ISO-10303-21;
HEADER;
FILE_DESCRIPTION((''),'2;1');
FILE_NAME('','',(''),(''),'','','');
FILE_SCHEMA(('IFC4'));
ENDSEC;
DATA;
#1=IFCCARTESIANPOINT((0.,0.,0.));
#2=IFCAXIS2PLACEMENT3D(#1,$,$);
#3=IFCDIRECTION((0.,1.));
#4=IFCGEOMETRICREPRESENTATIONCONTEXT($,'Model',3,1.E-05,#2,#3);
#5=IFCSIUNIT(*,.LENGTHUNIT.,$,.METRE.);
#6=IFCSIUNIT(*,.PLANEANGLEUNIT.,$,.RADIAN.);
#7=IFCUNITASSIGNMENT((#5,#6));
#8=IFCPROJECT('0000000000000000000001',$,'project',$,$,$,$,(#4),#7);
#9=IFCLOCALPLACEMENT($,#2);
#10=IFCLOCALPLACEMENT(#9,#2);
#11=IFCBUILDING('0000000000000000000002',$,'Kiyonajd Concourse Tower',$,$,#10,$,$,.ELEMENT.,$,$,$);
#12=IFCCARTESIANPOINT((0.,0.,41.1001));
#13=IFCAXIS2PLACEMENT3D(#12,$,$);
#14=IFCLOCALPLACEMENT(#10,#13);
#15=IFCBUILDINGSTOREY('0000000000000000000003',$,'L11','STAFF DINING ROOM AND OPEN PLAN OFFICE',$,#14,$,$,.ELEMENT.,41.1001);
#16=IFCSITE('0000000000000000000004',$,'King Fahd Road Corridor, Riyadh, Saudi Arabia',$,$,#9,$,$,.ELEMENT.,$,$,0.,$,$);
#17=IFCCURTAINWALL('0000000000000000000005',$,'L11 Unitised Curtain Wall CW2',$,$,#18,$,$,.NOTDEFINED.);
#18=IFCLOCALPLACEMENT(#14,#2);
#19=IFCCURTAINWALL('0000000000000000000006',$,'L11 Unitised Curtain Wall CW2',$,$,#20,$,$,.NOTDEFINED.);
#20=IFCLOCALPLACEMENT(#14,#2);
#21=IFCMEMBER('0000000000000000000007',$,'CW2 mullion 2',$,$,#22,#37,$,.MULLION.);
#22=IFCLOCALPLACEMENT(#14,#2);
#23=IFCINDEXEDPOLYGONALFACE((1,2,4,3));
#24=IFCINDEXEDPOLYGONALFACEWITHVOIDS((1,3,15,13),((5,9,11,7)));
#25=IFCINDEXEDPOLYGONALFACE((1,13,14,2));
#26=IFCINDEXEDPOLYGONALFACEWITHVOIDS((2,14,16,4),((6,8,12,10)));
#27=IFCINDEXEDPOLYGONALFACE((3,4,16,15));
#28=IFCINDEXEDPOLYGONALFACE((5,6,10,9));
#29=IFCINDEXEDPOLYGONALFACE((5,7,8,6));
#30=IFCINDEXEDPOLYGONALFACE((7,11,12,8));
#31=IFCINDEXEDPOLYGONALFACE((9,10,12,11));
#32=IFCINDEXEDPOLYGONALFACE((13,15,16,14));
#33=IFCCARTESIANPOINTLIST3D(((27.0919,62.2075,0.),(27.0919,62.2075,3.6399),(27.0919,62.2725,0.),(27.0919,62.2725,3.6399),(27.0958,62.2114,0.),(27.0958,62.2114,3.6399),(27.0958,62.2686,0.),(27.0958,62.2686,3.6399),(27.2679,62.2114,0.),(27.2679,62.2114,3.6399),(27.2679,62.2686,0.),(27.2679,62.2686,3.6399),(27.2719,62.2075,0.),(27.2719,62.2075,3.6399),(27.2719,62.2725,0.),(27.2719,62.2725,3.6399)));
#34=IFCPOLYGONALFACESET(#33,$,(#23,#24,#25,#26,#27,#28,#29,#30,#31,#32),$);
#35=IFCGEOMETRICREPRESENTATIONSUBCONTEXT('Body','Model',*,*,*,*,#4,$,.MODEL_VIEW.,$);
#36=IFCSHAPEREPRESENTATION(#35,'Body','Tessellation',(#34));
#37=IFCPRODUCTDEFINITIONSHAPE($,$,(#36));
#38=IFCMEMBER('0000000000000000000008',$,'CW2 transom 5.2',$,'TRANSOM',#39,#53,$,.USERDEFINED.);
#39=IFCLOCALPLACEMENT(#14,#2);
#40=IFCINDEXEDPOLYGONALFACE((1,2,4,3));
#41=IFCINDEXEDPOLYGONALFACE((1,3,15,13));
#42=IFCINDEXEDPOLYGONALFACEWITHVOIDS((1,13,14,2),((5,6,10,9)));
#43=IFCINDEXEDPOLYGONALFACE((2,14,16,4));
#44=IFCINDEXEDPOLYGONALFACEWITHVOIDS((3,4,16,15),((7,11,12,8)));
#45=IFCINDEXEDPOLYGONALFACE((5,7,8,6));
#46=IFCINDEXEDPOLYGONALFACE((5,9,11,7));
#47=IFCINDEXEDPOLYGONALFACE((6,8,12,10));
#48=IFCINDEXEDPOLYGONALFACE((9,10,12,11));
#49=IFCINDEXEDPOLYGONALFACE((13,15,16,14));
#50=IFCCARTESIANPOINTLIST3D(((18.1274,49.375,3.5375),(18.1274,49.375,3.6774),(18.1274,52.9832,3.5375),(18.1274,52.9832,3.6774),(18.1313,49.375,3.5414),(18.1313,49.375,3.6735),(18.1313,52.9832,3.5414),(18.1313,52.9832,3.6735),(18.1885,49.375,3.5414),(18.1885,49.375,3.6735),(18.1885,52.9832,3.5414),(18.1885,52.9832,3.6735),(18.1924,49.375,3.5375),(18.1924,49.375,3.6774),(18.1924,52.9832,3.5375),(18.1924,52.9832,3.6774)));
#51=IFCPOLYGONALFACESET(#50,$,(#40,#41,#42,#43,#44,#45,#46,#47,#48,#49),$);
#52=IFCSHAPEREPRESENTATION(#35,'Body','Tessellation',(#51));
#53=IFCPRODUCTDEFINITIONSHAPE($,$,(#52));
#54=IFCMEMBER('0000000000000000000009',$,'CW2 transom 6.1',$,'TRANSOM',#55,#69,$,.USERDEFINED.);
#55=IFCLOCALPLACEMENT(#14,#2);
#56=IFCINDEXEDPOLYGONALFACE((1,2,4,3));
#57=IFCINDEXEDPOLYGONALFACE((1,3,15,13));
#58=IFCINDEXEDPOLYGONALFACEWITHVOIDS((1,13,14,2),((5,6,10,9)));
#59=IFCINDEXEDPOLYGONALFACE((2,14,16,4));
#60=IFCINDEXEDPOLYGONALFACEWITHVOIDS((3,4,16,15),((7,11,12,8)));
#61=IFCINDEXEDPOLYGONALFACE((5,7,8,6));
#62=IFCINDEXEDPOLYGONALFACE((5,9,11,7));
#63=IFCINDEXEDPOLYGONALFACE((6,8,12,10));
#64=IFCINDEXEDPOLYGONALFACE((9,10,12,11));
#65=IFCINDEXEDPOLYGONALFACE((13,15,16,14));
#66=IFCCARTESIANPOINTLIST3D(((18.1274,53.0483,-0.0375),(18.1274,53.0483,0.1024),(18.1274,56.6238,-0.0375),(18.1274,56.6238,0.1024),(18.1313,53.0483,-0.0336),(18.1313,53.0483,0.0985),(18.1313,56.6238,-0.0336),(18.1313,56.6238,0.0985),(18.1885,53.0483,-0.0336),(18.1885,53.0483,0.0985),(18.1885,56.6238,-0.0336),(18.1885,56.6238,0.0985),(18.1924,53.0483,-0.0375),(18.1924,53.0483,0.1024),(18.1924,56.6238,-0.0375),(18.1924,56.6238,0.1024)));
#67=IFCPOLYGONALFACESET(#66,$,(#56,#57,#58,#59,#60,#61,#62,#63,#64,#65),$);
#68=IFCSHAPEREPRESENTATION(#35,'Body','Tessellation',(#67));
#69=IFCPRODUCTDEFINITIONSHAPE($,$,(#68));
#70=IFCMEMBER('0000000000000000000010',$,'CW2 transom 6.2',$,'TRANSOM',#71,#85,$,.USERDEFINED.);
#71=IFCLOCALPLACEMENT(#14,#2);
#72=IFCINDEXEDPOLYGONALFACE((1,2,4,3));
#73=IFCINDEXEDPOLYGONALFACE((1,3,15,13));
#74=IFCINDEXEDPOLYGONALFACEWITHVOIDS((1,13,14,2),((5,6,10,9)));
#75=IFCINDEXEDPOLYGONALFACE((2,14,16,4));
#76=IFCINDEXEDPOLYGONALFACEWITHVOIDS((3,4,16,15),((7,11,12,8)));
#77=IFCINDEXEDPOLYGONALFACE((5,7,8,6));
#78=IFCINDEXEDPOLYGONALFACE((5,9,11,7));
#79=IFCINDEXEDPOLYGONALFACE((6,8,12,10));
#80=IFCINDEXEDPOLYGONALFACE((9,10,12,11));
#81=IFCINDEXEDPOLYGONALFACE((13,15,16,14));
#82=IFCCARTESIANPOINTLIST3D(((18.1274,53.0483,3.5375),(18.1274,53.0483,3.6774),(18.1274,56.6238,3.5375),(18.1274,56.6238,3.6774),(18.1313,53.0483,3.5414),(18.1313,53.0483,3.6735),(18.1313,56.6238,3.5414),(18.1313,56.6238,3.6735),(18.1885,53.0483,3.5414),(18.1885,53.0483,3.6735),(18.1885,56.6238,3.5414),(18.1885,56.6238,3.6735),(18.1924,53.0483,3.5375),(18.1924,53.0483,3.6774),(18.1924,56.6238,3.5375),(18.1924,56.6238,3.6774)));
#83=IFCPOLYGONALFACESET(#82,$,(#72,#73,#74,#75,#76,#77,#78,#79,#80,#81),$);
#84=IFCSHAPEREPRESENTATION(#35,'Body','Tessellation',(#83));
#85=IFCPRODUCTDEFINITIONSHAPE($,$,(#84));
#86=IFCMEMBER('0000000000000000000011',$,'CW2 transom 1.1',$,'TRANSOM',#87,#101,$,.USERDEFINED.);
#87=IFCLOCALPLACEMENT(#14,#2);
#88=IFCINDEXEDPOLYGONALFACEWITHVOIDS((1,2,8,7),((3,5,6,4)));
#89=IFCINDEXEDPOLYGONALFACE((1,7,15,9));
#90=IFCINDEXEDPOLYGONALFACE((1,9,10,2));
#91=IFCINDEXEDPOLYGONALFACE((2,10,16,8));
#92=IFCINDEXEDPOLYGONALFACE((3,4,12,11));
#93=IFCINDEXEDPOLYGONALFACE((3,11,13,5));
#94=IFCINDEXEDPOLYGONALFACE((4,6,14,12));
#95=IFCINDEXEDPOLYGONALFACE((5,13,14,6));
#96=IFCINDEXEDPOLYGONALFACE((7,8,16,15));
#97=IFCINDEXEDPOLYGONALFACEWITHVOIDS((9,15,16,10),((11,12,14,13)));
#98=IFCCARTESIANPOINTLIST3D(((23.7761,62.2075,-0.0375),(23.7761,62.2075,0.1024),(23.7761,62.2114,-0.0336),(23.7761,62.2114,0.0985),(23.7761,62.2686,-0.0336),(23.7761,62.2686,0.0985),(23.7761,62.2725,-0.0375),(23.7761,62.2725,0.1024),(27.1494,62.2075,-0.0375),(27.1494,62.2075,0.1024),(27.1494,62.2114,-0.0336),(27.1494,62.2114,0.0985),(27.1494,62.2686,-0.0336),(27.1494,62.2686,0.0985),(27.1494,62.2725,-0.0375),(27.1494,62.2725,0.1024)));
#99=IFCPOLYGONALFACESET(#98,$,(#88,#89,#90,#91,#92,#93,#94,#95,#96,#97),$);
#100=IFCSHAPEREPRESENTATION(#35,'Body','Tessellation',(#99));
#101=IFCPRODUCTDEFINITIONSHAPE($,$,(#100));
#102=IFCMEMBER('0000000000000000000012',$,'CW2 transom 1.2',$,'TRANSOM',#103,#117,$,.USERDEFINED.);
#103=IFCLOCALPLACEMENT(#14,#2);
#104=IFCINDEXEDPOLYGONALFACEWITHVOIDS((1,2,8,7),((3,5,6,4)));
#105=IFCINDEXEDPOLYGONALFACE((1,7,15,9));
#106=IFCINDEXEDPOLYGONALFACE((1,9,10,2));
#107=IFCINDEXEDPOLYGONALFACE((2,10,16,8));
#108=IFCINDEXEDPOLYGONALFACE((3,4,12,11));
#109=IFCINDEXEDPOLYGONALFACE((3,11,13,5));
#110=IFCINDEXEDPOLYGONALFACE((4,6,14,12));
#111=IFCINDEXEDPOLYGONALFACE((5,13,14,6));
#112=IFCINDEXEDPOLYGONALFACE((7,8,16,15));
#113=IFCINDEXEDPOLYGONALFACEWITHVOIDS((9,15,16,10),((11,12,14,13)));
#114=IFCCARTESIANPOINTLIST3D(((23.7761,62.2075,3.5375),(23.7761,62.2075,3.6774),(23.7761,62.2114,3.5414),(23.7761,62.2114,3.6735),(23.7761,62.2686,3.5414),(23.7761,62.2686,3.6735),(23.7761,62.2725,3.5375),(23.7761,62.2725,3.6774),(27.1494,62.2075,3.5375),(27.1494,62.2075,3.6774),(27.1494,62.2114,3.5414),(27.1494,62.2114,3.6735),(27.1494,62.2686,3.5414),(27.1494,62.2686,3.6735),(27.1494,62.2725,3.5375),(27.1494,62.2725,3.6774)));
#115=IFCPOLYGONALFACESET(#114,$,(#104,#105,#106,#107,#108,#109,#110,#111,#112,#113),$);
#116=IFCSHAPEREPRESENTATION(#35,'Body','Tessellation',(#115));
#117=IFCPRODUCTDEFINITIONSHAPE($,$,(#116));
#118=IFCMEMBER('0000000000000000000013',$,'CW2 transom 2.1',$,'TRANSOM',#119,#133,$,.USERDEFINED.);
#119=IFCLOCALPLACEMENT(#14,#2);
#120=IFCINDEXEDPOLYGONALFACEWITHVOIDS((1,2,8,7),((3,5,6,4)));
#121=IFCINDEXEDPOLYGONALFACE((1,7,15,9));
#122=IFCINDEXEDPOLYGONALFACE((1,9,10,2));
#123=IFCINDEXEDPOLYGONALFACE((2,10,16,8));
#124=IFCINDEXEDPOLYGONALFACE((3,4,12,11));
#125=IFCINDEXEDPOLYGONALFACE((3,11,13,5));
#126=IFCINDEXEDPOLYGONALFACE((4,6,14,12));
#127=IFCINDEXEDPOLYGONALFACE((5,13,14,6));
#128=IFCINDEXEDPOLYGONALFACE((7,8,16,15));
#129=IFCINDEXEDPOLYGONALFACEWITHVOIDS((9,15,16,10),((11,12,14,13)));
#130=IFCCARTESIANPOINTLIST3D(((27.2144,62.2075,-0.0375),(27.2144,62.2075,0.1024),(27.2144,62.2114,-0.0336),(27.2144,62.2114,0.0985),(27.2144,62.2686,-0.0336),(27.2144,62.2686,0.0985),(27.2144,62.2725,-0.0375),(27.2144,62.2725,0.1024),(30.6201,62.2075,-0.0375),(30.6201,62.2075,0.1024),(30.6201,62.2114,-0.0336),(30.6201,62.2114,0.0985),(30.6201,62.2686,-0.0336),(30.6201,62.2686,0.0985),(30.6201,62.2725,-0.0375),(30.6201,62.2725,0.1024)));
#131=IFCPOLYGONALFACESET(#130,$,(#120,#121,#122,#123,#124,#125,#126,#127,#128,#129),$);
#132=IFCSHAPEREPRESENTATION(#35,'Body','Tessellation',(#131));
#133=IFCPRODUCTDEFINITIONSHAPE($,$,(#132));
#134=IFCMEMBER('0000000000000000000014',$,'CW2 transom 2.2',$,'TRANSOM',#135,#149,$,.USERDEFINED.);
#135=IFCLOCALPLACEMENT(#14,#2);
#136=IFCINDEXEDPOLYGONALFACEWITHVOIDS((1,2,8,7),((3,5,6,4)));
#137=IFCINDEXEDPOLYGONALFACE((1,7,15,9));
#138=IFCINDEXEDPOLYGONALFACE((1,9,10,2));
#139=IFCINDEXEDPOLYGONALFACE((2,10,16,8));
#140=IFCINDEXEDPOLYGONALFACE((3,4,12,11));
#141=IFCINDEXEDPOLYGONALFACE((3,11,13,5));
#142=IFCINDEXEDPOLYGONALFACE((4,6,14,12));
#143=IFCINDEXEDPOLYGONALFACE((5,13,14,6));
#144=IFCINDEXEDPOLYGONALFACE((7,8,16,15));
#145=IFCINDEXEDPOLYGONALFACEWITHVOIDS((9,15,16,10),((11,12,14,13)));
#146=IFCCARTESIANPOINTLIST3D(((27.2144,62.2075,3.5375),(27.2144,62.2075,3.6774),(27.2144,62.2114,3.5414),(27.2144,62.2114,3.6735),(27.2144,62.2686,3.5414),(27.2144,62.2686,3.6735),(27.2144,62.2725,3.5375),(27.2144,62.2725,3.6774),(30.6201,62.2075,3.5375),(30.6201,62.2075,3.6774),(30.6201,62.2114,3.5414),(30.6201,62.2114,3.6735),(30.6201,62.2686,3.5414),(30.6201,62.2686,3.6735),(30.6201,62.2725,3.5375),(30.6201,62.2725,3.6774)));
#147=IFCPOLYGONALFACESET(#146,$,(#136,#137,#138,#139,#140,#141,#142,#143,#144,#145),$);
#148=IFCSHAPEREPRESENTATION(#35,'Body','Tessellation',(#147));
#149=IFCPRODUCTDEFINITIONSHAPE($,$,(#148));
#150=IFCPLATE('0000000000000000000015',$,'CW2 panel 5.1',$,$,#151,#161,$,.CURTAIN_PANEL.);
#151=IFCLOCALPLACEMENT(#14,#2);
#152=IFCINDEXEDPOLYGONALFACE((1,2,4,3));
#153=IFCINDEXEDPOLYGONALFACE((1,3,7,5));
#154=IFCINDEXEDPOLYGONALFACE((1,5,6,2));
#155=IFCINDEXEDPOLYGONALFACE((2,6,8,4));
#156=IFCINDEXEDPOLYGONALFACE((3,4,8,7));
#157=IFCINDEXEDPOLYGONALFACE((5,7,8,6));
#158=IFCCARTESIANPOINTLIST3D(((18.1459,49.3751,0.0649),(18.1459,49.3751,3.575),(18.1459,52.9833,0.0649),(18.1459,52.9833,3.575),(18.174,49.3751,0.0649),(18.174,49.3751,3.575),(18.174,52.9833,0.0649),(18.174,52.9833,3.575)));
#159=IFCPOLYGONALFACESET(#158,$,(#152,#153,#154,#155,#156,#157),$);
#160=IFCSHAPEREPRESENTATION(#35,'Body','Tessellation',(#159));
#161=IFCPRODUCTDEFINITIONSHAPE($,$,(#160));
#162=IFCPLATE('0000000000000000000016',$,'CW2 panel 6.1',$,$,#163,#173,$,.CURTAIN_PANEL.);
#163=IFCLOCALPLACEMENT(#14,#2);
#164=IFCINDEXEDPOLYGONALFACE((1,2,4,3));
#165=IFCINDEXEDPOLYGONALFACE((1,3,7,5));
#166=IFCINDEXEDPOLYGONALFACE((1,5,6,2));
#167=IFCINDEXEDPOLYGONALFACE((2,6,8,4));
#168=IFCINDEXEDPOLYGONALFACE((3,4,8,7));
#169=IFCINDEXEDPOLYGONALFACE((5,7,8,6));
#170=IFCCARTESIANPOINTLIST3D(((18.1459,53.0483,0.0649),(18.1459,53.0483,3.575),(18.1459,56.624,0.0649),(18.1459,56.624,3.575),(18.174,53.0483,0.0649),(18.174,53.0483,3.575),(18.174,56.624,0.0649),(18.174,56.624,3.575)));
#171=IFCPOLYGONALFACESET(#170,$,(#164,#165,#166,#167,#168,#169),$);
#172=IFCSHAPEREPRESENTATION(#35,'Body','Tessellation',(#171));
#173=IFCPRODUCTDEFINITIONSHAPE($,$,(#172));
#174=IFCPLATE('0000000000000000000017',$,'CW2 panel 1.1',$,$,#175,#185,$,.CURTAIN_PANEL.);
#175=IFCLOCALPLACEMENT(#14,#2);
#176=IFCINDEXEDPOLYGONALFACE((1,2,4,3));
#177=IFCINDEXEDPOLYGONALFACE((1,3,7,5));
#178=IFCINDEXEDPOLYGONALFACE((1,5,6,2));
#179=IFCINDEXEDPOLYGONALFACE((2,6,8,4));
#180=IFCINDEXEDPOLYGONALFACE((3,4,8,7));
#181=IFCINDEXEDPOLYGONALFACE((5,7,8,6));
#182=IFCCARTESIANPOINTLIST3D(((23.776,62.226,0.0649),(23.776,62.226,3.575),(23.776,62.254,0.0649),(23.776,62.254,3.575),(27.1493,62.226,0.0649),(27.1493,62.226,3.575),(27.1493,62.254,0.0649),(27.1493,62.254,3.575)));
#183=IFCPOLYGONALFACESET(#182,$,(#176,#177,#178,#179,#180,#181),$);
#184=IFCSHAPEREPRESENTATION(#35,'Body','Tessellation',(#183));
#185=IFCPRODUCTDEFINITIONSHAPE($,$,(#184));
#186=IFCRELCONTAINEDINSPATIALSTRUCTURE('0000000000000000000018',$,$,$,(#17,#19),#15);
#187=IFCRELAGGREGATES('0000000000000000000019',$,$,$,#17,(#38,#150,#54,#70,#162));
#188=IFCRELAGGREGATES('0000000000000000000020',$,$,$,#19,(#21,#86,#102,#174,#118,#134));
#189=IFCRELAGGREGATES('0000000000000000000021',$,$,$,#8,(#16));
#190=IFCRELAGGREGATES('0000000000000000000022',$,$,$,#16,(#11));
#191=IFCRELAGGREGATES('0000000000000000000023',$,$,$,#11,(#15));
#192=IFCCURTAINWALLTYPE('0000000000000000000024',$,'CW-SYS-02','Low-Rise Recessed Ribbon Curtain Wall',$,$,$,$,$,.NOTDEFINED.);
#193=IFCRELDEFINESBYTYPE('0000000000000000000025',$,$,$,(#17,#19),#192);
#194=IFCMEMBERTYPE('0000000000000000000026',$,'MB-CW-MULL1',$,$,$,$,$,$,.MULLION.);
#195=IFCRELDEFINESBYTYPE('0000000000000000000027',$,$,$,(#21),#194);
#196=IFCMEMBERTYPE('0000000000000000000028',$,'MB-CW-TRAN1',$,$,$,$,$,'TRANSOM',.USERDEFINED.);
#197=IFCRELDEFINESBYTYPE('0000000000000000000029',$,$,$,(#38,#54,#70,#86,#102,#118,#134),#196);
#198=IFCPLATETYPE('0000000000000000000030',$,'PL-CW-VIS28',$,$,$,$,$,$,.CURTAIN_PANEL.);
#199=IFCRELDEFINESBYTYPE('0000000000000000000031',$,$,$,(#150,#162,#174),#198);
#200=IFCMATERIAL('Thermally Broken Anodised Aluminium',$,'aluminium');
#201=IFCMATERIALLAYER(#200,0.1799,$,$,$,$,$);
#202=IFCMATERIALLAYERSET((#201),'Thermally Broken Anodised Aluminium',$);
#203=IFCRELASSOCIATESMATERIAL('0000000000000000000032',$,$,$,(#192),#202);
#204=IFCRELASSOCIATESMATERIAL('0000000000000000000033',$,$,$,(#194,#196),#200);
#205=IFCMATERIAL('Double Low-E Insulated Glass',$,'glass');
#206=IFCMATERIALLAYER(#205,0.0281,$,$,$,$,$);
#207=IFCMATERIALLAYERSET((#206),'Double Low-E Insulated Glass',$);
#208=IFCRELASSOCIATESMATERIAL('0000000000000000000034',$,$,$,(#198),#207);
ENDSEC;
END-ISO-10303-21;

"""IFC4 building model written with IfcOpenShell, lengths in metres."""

from ifc_helpers import new_model, si_unit, direction, frame, origin, origin_2d, place, context, subcontext, project, spatial, rectangle, hollow_rectangle, extrude, material, layer, layer_set, material_profile, profile_set, type_object, element, aggregate, save


model = new_model("IFC4")

# Units and contexts
model_context = context("Model", 3, precision=1e-05, world=origin(), true_north=direction((0.0, 1.0)))
body_context = subcontext(model_context, "Body", "Model", "MODEL_VIEW")
ifc_project = project(units=[si_unit("LENGTHUNIT", "METRE"), si_unit("PLANEANGLEUNIT", "RADIAN")], contexts=[model_context])

# Site, building, storey
site_placement = place(None, origin())
site = spatial("IfcSite", under=ifc_project, at=site_placement, Name="King Fahd Road Corridor, Riyadh, Saudi Arabia", CompositionType="ELEMENT", RefElevation=0.0)
building_placement = place(site_placement, origin())
building = spatial("IfcBuilding", under=site, at=building_placement, Name="Kiyonajd Concourse Tower", CompositionType="ELEMENT")
storey_placement = place(building_placement, frame((0.0, 0.0, 41.1001)))
storey = spatial("IfcBuildingStorey", under=building, at=storey_placement, Name="L11", Description="STAFF DINING ROOM AND OPEN PLAN OFFICE", CompositionType="ELEMENT", Elevation=41.1001)

# Curtain walls, member
ifc_material_1 = material(Name="Thermally Broken Anodised Aluminium", Category="aluminium")
ifc_layer_1 = layer(ifc_material_1, 0.1799)
ifc_layer_set_1 = layer_set([ifc_layer_1], Name="Thermally Broken Anodised Aluminium")
curtain_wall_type = type_object("IfcCurtainWallType", Name="CW-SYS-02", Description="Low-Rise Recessed Ribbon Curtain Wall", PredefinedType="NOTDEFINED", material=ifc_layer_set_1)
curtain_wall_1_placement = place(storey_placement, origin())
curtain_wall_1 = element("IfcCurtainWall", 1, at=curtain_wall_1_placement, inside=storey, type_object=curtain_wall_type, Name="L11 Unitised Curtain Wall CW2", PredefinedType="NOTDEFINED")
ifc_material_profile_1 = material_profile(ifc_material_1, hollow_rectangle(XDim=0.0649, YDim=0.1799, WallThickness=0.0039, at=origin_2d()), Name="MULL-65x180")
ifc_profile_set_1 = profile_set([ifc_material_profile_1], Name="Thermally Broken Anodised Aluminium")
member_type_1 = type_object("IfcMemberType", Name="MB-CW-MULL1", PredefinedType="MULLION", material=ifc_profile_set_1)
curtain_wall_2_placement = place(storey_placement, origin())
curtain_wall_2 = element("IfcCurtainWall", 2, at=curtain_wall_2_placement, inside=storey, type_object=curtain_wall_type, Name="L11 Unitised Curtain Wall CW2", PredefinedType="NOTDEFINED")
member_1_placement = place(storey_placement, frame((27.1819, 62.24, 0.0), z_axis=(0.0, 0.0, 1.0), x_axis=(0.0, 1.0, 0.0)))
member_1 = element("IfcMember", 3, at=member_1_placement, type_object=member_type_1, Name="CW2 mullion 2", PredefinedType="MULLION", context=body_context, shape_type="SweptSolid", body=[
    extrude(hollow_rectangle(XDim=0.0649, YDim=0.1799, WallThickness=0.0039, at=origin_2d()), origin(), (0.0, 0.0, 1.0), 3.6399),
])

# Members
ifc_material_profile_2 = material_profile(ifc_material_1, hollow_rectangle(XDim=0.0649, YDim=0.1399, WallThickness=0.0039, at=origin_2d()), Name="TRAN-65x140")
ifc_profile_set_2 = profile_set([ifc_material_profile_2], Name="Thermally Broken Anodised Aluminium")
member_type_2 = type_object("IfcMemberType", Name="MB-CW-TRAN1", ElementType="TRANSOM", PredefinedType="USERDEFINED", material=ifc_profile_set_2)
member_2_placement = place(storey_placement, frame((18.1599, 49.375, 3.6074), z_axis=(0.0, 1.0, 0.0), x_axis=(-1.0, 0.0, 0.0)))
member_2 = element("IfcMember", 4, at=member_2_placement, type_object=member_type_2, Name="CW2 transom 5.2", ObjectType="TRANSOM", PredefinedType="USERDEFINED", context=body_context, shape_type="SweptSolid", body=[
    extrude(hollow_rectangle(XDim=0.0649, YDim=0.1399, WallThickness=0.0039, at=origin_2d()), origin(), (0.0, 0.0, 1.0), 3.6082),
])
member_3_placement = place(storey_placement, frame((18.1599, 53.0483, 0.0325), z_axis=(0.0, 1.0, 0.0), x_axis=(-1.0, 0.0, 0.0)))
member_3 = element("IfcMember", 5, at=member_3_placement, type_object=member_type_2, Name="CW2 transom 6.1", ObjectType="TRANSOM", PredefinedType="USERDEFINED", context=body_context, shape_type="SweptSolid", body=[
    extrude(hollow_rectangle(XDim=0.0649, YDim=0.1399, WallThickness=0.0039, at=origin_2d()), origin(), (0.0, 0.0, 1.0), 3.5754),
])
member_4_placement = place(storey_placement, frame((18.1599, 53.0483, 3.6074), z_axis=(0.0, 1.0, 0.0), x_axis=(-1.0, 0.0, 0.0)))
member_4 = element("IfcMember", 6, at=member_4_placement, type_object=member_type_2, Name="CW2 transom 6.2", ObjectType="TRANSOM", PredefinedType="USERDEFINED", context=body_context, shape_type="SweptSolid", body=[
    extrude(hollow_rectangle(XDim=0.0649, YDim=0.1399, WallThickness=0.0039, at=origin_2d()), origin(), (0.0, 0.0, 1.0), 3.5754),
])
member_5_placement = place(storey_placement, frame((23.7761, 62.24, 0.0325), z_axis=(1.0, 0.0, 0.0), x_axis=(0.0, 1.0, 0.0)))
member_5 = element("IfcMember", 7, at=member_5_placement, type_object=member_type_2, Name="CW2 transom 1.1", ObjectType="TRANSOM", PredefinedType="USERDEFINED", context=body_context, shape_type="SweptSolid", body=[
    extrude(hollow_rectangle(XDim=0.0649, YDim=0.1399, WallThickness=0.0039, at=origin_2d()), origin(), (0.0, 0.0, 1.0), 3.3733),
])
member_6_placement = place(storey_placement, frame((23.7761, 62.24, 3.6074), z_axis=(1.0, 0.0, 0.0), x_axis=(0.0, 1.0, 0.0)))
member_6 = element("IfcMember", 8, at=member_6_placement, type_object=member_type_2, Name="CW2 transom 1.2", ObjectType="TRANSOM", PredefinedType="USERDEFINED", context=body_context, shape_type="SweptSolid", body=[
    extrude(hollow_rectangle(XDim=0.0649, YDim=0.1399, WallThickness=0.0039, at=origin_2d()), origin(), (0.0, 0.0, 1.0), 3.3733),
])
member_7_placement = place(storey_placement, frame((27.2144, 62.24, 0.0325), z_axis=(1.0, 0.0, 0.0), x_axis=(0.0, 1.0, 0.0)))
member_7 = element("IfcMember", 9, at=member_7_placement, type_object=member_type_2, Name="CW2 transom 2.1", ObjectType="TRANSOM", PredefinedType="USERDEFINED", context=body_context, shape_type="SweptSolid", body=[
    extrude(hollow_rectangle(XDim=0.0649, YDim=0.1399, WallThickness=0.0039, at=origin_2d()), origin(), (0.0, 0.0, 1.0), 3.4058),
])
member_8_placement = place(storey_placement, frame((27.2144, 62.24, 3.6074), z_axis=(1.0, 0.0, 0.0), x_axis=(0.0, 1.0, 0.0)))
member_8 = element("IfcMember", 10, at=member_8_placement, type_object=member_type_2, Name="CW2 transom 2.2", ObjectType="TRANSOM", PredefinedType="USERDEFINED", context=body_context, shape_type="SweptSolid", body=[
    extrude(hollow_rectangle(XDim=0.0649, YDim=0.1399, WallThickness=0.0039, at=origin_2d()), origin(), (0.0, 0.0, 1.0), 3.4058),
])

# Plates
ifc_material_2 = material(Name="Double Low-E Insulated Glass", Category="glass")
ifc_layer_2 = layer(ifc_material_2, 0.0281)
ifc_layer_set_2 = layer_set([ifc_layer_2], Name="Double Low-E Insulated Glass")
plate_type_1 = type_object("IfcPlateType", Name="PL-CW-VIS28", PredefinedType="CURTAIN_PANEL", material=ifc_layer_set_2)
plate_1_placement = place(storey_placement, frame((18.1599, 51.1792, 0.0649), z_axis=(0.0, 0.0, 1.0), x_axis=(0.0, 1.0, 0.0)))
plate_1 = element("IfcPlate", 11, at=plate_1_placement, type_object=plate_type_1, Name="CW2 panel 5.1", PredefinedType="CURTAIN_PANEL", context=body_context, shape_type="SweptSolid", body=[
    extrude(rectangle(XDim=3.6082, YDim=0.0281, at=origin_2d()), origin(), (0.0, 0.0, 1.0), 3.51),
])
plate_2_placement = place(storey_placement, frame((18.1599, 54.8362, 0.0649), z_axis=(0.0, 0.0, 1.0), x_axis=(0.0, 1.0, 0.0)))
plate_2 = element("IfcPlate", 12, at=plate_2_placement, type_object=plate_type_1, Name="CW2 panel 6.1", PredefinedType="CURTAIN_PANEL", context=body_context, shape_type="SweptSolid", body=[
    extrude(rectangle(XDim=3.5757, YDim=0.0281, at=origin_2d()), origin(), (0.0, 0.0, 1.0), 3.51),
])
aggregate(curtain_wall_1, [member_2, plate_1, member_3, member_4, plate_2])
plate_3_placement = place(storey_placement, frame((25.4626, 62.24, 0.0649), z_axis=(0.0, 0.0, 1.0), x_axis=(1.0, 0.0, 0.0)))
plate_3 = element("IfcPlate", 13, at=plate_3_placement, type_object=plate_type_1, Name="CW2 panel 1.1", PredefinedType="CURTAIN_PANEL", context=body_context, shape_type="SweptSolid", body=[
    extrude(rectangle(XDim=3.3733, YDim=0.0281, at=origin_2d()), origin(), (0.0, 0.0, 1.0), 3.51),
])
aggregate(curtain_wall_2, [member_1, member_5, member_6, plate_3, member_7, member_8])

save(model, "model.ifc")
